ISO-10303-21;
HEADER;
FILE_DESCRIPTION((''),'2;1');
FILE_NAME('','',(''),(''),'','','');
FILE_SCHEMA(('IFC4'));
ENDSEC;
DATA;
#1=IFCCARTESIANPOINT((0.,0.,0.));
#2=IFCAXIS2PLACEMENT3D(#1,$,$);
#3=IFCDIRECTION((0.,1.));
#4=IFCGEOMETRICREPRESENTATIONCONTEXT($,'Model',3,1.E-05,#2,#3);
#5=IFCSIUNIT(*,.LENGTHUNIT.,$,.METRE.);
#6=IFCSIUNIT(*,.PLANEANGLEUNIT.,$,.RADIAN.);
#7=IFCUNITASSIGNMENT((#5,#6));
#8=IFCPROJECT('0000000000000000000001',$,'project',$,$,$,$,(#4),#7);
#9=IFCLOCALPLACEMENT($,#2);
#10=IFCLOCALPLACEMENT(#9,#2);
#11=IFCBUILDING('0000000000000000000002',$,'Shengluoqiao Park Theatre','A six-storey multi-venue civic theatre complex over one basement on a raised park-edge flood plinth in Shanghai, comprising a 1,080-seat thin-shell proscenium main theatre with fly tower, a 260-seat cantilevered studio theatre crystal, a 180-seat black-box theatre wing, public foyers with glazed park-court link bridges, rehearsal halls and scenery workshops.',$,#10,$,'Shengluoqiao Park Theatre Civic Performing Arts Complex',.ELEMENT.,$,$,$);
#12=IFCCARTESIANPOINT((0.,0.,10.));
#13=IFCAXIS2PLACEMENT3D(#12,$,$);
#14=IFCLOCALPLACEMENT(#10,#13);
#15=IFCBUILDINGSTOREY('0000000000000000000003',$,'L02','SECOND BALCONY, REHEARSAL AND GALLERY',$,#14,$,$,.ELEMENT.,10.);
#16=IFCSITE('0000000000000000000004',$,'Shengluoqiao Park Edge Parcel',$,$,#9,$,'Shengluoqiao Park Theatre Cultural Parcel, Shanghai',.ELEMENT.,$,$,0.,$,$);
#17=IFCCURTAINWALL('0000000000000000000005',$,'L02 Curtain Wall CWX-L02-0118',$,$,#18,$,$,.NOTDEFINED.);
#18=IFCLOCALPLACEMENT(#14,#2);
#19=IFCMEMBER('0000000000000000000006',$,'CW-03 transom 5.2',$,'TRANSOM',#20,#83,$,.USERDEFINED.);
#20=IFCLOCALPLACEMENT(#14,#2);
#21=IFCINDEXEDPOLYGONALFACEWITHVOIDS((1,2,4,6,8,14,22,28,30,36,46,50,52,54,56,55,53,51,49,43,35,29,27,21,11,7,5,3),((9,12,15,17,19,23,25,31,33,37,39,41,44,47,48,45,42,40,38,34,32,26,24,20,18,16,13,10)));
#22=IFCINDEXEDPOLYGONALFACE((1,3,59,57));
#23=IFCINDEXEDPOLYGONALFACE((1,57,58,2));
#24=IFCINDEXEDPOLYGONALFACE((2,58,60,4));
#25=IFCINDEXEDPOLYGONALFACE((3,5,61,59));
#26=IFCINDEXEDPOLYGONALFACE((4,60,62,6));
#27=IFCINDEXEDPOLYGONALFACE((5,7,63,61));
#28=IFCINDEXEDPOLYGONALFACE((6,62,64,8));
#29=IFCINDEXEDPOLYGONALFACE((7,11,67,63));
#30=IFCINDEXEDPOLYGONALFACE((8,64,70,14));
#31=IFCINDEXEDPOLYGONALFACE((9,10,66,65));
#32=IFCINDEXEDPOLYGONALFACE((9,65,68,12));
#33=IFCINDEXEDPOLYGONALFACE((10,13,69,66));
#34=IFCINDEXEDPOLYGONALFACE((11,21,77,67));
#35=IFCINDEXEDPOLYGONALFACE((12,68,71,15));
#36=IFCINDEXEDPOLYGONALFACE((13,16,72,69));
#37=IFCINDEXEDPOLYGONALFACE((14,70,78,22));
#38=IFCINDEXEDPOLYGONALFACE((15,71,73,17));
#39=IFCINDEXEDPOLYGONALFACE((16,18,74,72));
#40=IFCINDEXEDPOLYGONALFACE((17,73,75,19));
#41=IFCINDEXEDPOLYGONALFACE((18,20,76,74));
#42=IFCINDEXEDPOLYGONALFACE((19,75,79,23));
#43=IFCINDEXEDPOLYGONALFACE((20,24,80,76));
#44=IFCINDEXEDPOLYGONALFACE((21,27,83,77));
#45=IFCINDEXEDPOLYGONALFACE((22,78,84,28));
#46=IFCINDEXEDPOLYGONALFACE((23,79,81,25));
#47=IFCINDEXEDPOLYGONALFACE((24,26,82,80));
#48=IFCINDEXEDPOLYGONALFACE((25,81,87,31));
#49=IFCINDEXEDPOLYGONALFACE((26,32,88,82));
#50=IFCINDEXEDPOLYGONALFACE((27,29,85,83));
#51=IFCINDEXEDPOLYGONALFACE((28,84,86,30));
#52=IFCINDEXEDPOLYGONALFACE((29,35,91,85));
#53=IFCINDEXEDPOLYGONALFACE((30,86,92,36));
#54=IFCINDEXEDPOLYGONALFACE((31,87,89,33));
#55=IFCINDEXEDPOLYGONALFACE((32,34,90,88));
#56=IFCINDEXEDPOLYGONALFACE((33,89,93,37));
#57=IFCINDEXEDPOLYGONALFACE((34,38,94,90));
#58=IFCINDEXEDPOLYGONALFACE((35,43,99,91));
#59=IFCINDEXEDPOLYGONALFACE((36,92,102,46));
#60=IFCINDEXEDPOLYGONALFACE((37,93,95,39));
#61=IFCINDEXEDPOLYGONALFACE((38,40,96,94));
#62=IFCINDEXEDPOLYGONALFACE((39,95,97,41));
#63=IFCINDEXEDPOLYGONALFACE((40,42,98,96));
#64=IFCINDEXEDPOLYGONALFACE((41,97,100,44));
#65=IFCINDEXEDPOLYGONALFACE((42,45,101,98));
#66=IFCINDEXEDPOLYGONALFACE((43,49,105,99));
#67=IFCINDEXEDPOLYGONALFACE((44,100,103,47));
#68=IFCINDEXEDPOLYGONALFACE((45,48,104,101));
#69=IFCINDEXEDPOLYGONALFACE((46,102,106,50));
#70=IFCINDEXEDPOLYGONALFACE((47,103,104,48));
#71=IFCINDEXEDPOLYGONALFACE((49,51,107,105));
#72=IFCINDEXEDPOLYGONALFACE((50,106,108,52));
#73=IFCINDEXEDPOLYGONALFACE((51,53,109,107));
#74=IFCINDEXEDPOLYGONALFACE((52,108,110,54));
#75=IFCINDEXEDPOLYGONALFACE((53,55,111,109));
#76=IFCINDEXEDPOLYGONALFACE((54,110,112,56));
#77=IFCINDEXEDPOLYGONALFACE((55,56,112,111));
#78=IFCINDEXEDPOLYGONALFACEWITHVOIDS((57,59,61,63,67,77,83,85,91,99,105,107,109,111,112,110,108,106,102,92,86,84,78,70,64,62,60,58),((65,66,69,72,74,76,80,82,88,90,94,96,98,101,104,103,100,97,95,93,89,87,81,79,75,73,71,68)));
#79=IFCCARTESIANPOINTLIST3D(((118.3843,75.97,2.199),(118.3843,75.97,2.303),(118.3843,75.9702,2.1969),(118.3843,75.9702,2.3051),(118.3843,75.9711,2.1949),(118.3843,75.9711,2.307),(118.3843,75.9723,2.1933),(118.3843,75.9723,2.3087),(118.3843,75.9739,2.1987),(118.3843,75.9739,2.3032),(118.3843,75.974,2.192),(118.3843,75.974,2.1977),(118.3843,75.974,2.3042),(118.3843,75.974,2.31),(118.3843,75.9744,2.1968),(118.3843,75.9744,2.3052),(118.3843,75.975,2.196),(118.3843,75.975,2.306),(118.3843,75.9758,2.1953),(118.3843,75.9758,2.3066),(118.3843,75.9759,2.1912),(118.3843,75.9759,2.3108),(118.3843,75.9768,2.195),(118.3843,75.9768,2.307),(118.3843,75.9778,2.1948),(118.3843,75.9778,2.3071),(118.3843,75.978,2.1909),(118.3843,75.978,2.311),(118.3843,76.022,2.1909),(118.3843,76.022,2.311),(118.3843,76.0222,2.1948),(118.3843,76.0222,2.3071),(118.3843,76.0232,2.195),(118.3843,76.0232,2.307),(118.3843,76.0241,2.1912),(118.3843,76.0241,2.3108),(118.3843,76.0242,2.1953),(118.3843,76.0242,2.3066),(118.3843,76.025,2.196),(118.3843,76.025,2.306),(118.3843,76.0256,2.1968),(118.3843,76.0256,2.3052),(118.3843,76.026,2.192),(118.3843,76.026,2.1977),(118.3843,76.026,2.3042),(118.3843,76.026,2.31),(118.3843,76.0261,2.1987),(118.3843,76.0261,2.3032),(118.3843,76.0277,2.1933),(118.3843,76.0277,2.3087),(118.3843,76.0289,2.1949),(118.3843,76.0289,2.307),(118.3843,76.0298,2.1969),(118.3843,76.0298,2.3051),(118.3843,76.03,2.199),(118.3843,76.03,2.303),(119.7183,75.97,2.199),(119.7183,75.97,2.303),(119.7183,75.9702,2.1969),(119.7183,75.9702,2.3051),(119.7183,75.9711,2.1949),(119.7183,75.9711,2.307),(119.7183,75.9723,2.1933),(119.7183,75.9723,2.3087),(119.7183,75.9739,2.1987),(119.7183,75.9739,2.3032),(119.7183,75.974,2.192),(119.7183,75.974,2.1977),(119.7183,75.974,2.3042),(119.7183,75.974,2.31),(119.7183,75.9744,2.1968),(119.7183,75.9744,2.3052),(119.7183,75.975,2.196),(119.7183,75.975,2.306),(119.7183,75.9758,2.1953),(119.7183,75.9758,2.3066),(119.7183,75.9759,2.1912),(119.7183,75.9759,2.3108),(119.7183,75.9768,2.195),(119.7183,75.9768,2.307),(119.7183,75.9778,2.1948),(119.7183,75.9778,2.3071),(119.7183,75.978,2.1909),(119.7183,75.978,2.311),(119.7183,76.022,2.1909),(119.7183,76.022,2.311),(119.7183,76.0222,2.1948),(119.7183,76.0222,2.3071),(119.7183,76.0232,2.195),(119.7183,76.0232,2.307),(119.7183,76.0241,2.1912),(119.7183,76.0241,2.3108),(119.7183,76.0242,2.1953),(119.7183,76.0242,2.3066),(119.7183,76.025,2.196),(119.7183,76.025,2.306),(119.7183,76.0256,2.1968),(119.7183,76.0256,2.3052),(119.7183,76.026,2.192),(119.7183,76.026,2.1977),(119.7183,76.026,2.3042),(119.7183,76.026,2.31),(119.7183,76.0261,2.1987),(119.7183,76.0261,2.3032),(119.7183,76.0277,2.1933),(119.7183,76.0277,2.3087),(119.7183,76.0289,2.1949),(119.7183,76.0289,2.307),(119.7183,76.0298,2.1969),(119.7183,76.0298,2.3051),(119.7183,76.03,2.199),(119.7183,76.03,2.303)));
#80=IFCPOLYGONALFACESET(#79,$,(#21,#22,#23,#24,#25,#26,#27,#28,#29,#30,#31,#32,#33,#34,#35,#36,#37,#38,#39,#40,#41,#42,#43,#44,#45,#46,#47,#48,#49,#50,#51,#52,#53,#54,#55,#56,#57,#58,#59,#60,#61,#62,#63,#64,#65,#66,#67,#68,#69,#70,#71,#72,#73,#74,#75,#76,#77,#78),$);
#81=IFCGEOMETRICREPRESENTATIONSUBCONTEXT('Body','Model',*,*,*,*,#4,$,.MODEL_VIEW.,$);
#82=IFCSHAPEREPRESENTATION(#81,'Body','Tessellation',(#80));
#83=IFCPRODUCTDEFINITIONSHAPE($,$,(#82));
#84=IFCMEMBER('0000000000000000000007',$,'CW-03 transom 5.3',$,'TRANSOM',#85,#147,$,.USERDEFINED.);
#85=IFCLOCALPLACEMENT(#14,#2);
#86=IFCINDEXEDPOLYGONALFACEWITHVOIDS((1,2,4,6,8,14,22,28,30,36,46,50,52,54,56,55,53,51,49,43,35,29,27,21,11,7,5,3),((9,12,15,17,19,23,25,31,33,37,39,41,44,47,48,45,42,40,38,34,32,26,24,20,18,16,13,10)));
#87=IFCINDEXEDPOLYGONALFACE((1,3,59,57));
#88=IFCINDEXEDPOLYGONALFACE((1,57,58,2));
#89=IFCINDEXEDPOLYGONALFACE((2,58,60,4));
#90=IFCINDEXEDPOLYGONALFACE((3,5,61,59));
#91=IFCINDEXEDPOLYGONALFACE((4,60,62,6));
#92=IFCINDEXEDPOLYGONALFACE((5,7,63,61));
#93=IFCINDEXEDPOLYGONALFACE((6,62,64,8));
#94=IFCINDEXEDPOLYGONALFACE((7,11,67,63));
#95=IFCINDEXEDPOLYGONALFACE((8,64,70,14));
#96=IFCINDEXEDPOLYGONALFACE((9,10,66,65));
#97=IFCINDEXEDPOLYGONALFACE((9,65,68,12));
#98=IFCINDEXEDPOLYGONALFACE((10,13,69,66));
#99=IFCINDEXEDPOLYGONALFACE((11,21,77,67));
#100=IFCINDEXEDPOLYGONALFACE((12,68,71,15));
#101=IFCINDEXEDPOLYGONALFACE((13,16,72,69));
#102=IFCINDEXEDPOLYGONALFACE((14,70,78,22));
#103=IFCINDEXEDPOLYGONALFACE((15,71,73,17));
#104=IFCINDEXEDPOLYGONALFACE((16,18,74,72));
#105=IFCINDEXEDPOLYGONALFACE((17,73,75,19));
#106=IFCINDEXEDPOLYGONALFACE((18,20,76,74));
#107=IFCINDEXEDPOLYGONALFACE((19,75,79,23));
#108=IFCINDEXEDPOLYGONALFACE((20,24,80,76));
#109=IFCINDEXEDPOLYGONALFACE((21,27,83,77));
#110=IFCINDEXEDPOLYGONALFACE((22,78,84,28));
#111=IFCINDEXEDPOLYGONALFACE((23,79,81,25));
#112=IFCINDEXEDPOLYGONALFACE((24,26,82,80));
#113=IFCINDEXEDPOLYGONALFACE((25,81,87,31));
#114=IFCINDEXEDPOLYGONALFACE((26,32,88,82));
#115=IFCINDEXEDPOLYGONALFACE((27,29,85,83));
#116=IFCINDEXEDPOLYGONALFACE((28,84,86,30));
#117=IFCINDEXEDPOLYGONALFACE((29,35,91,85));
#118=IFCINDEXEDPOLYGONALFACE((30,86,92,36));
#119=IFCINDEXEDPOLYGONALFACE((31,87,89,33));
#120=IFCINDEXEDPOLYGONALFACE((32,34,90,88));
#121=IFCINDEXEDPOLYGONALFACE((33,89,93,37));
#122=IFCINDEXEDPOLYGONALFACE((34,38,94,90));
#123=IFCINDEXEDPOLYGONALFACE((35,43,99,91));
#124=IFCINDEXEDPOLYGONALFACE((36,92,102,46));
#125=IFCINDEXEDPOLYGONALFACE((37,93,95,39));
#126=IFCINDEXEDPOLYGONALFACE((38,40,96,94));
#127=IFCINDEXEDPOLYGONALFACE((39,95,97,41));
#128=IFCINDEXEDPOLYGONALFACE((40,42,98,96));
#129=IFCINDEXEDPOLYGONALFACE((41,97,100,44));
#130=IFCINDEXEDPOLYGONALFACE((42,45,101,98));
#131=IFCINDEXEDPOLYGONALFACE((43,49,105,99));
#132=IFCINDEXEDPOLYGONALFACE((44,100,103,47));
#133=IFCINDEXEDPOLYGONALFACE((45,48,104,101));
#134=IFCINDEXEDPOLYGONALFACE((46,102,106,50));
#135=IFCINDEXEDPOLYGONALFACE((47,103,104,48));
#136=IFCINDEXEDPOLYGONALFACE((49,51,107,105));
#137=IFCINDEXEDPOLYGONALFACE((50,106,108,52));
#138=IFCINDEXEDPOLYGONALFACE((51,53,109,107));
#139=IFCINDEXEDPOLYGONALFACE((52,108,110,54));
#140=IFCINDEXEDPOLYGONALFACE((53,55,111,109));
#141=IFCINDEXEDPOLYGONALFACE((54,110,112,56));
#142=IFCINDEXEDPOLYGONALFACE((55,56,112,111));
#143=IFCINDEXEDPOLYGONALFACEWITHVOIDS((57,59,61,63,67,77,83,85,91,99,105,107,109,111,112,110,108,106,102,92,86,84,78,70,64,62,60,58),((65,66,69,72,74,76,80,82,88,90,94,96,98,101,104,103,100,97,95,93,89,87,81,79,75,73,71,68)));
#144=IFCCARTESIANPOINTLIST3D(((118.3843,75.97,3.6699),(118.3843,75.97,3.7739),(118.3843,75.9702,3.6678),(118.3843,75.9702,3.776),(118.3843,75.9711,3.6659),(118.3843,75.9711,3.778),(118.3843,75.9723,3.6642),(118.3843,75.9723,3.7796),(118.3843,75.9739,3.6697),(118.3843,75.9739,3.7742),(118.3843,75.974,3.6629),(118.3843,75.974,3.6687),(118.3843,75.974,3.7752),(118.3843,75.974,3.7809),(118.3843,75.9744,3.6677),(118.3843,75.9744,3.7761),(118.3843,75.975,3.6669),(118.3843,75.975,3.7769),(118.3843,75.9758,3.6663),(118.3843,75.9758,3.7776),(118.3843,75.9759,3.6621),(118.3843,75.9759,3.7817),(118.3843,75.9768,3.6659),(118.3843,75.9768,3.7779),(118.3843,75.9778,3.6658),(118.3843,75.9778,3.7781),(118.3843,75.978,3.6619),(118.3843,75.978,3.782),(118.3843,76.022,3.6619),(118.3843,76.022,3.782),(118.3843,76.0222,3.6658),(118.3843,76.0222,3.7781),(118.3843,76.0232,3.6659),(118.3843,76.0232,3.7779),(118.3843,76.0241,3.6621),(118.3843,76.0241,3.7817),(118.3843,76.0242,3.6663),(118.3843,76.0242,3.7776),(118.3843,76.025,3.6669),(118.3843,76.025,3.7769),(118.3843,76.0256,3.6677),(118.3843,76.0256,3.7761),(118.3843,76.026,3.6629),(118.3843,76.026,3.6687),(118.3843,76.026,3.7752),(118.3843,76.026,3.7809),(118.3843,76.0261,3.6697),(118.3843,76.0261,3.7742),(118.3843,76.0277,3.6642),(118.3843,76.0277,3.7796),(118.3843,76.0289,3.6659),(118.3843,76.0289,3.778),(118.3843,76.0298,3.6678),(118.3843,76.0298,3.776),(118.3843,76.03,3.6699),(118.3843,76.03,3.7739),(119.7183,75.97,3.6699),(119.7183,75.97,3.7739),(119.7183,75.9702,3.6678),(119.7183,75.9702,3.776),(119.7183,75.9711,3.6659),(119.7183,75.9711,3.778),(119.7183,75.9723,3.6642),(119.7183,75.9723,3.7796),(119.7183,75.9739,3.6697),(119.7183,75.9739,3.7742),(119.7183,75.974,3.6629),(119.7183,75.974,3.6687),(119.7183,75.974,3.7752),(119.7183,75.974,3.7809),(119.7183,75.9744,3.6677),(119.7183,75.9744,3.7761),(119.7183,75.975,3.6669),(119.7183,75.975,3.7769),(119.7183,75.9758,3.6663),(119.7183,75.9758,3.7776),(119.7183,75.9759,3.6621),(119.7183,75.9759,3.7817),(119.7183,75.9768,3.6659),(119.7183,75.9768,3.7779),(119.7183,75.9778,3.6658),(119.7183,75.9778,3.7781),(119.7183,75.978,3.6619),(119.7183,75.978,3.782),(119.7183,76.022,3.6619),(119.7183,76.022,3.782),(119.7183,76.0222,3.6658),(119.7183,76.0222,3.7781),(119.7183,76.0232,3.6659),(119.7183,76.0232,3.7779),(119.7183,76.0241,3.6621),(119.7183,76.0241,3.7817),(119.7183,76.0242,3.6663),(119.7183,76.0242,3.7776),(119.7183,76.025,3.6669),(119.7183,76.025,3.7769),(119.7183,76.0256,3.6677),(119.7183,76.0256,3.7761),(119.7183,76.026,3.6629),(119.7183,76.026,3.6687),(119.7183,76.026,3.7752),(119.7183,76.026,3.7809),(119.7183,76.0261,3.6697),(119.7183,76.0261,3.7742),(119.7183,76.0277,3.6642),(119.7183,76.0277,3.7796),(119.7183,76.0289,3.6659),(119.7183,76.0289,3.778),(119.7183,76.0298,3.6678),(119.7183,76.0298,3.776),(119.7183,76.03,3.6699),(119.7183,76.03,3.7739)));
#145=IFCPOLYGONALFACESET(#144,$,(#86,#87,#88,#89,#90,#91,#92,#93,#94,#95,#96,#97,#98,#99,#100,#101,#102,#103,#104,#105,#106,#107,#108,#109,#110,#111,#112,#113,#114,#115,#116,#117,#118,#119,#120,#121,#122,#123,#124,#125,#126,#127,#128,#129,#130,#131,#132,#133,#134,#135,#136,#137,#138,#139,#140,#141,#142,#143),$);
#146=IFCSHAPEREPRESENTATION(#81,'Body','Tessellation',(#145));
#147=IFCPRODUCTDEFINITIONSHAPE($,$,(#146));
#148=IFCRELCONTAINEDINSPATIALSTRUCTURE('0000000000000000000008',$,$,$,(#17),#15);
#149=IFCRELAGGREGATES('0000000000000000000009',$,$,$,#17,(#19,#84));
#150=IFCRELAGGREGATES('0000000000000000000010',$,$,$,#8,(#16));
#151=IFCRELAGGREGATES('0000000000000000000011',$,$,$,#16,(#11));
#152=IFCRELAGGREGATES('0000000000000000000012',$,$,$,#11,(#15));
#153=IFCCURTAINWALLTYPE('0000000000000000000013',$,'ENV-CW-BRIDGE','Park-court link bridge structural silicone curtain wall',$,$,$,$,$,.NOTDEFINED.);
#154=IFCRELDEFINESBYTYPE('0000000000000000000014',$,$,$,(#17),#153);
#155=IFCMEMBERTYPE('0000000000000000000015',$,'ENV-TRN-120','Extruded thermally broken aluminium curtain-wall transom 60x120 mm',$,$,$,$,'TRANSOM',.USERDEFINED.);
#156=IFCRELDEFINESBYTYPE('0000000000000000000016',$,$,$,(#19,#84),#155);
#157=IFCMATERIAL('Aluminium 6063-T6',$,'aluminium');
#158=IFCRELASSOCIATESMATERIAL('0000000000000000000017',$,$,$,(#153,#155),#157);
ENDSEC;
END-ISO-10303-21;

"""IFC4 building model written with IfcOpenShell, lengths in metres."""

from ifc_helpers import new_model, si_unit, direction, frame, origin, origin_2d, place, context, subcontext, project, spatial, hollow_rectangle, extrude, material, material_profile, profile_set, type_object, element, aggregate, save


model = new_model("IFC4")

# Units and contexts
model_context = context("Model", 3, precision=1e-05, world=origin(), true_north=direction((0.0, 1.0)))
body_context = subcontext(model_context, "Body", "Model", "MODEL_VIEW")
ifc_project = project(units=[si_unit("LENGTHUNIT", "METRE"), si_unit("PLANEANGLEUNIT", "RADIAN")], contexts=[model_context])

# Site, building, storey
site_placement = place(None, origin())
site = spatial("IfcSite", under=ifc_project, at=site_placement, Name="Shengluoqiao Park Edge Parcel", LongName="Shengluoqiao Park Theatre Cultural Parcel, Shanghai", CompositionType="ELEMENT", RefElevation=0.0)
building_placement = place(site_placement, origin())
building = spatial("IfcBuilding", under=site, at=building_placement, Name="Shengluoqiao Park Theatre", Description="A six-storey multi-venue civic theatre complex over one basement on a raised park-edge flood plinth in Shanghai, comprising a 1,080-seat thin-shell proscenium main theatre with fly tower, a 260-seat cantilevered studio theatre crystal, a 180-seat black-box theatre wing, public foyers with glazed park-court link bridges, rehearsal halls and scenery workshops.", LongName="Shengluoqiao Park Theatre Civic Performing Arts Complex", CompositionType="ELEMENT")
storey_placement = place(building_placement, frame((0.0, 0.0, 10.0)))
storey = spatial("IfcBuildingStorey", under=building, at=storey_placement, Name="L02", Description="SECOND BALCONY, REHEARSAL AND GALLERY", CompositionType="ELEMENT", Elevation=10.0)

# Curtain wall, members
ifc_material_1 = material(Name="Aluminium 6063-T6", Category="aluminium")
curtain_wall_type = type_object("IfcCurtainWallType", Name="ENV-CW-BRIDGE", Description="Park-court link bridge structural silicone curtain wall", PredefinedType="NOTDEFINED", material=ifc_material_1)
curtain_wall_placement = place(storey_placement, origin())
curtain_wall = element("IfcCurtainWall", 1, at=curtain_wall_placement, inside=storey, type_object=curtain_wall_type, Name="L02 Curtain Wall CWX-L02-0118", PredefinedType="NOTDEFINED")
ifc_material_profile_1 = material_profile(ifc_material_1, hollow_rectangle(XDim=0.0601, YDim=0.1201, WallThickness=0.0039, InnerFilletRadius=0.0039, OuterFilletRadius=0.0081, at=origin_2d()), Name="ALU TRANSOM 120x60x4")
ifc_profile_set_1 = profile_set([ifc_material_profile_1], Name="Aluminium 6063-T6")
member_type_1 = type_object("IfcMemberType", Name="ENV-TRN-120", Description="Extruded thermally broken aluminium curtain-wall transom 60x120 mm", ElementType="TRANSOM", PredefinedType="USERDEFINED", material=ifc_profile_set_1)
member_1_placement = place(storey_placement, frame((118.3843, 76.0, 2.251), z_axis=(1.0, 0.0, 0.0), x_axis=(0.0, 1.0, 0.0)))
member_1 = element("IfcMember", 2, at=member_1_placement, type_object=member_type_1, Name="CW-03 transom 5.2", ObjectType="TRANSOM", PredefinedType="USERDEFINED", context=body_context, shape_type="SweptSolid", body=[
    extrude(hollow_rectangle(XDim=0.0601, YDim=0.1201, WallThickness=0.0039, InnerFilletRadius=0.0039, OuterFilletRadius=0.0081, at=origin_2d()), origin(), (0.0, 0.0, 1.0), 1.334),
])
member_2_placement = place(storey_placement, frame((118.3843, 76.0, 3.7219), z_axis=(1.0, 0.0, 0.0), x_axis=(0.0, 1.0, 0.0)))
member_2 = element("IfcMember", 3, at=member_2_placement, type_object=member_type_1, Name="CW-03 transom 5.3", ObjectType="TRANSOM", PredefinedType="USERDEFINED", context=body_context, shape_type="SweptSolid", body=[
    extrude(hollow_rectangle(XDim=0.0601, YDim=0.1201, WallThickness=0.0039, InnerFilletRadius=0.0039, OuterFilletRadius=0.0081, at=origin_2d()), origin(), (0.0, 0.0, 1.0), 1.334),
])
aggregate(curtain_wall, [member_1, member_2])

save(model, "model.ifc")
